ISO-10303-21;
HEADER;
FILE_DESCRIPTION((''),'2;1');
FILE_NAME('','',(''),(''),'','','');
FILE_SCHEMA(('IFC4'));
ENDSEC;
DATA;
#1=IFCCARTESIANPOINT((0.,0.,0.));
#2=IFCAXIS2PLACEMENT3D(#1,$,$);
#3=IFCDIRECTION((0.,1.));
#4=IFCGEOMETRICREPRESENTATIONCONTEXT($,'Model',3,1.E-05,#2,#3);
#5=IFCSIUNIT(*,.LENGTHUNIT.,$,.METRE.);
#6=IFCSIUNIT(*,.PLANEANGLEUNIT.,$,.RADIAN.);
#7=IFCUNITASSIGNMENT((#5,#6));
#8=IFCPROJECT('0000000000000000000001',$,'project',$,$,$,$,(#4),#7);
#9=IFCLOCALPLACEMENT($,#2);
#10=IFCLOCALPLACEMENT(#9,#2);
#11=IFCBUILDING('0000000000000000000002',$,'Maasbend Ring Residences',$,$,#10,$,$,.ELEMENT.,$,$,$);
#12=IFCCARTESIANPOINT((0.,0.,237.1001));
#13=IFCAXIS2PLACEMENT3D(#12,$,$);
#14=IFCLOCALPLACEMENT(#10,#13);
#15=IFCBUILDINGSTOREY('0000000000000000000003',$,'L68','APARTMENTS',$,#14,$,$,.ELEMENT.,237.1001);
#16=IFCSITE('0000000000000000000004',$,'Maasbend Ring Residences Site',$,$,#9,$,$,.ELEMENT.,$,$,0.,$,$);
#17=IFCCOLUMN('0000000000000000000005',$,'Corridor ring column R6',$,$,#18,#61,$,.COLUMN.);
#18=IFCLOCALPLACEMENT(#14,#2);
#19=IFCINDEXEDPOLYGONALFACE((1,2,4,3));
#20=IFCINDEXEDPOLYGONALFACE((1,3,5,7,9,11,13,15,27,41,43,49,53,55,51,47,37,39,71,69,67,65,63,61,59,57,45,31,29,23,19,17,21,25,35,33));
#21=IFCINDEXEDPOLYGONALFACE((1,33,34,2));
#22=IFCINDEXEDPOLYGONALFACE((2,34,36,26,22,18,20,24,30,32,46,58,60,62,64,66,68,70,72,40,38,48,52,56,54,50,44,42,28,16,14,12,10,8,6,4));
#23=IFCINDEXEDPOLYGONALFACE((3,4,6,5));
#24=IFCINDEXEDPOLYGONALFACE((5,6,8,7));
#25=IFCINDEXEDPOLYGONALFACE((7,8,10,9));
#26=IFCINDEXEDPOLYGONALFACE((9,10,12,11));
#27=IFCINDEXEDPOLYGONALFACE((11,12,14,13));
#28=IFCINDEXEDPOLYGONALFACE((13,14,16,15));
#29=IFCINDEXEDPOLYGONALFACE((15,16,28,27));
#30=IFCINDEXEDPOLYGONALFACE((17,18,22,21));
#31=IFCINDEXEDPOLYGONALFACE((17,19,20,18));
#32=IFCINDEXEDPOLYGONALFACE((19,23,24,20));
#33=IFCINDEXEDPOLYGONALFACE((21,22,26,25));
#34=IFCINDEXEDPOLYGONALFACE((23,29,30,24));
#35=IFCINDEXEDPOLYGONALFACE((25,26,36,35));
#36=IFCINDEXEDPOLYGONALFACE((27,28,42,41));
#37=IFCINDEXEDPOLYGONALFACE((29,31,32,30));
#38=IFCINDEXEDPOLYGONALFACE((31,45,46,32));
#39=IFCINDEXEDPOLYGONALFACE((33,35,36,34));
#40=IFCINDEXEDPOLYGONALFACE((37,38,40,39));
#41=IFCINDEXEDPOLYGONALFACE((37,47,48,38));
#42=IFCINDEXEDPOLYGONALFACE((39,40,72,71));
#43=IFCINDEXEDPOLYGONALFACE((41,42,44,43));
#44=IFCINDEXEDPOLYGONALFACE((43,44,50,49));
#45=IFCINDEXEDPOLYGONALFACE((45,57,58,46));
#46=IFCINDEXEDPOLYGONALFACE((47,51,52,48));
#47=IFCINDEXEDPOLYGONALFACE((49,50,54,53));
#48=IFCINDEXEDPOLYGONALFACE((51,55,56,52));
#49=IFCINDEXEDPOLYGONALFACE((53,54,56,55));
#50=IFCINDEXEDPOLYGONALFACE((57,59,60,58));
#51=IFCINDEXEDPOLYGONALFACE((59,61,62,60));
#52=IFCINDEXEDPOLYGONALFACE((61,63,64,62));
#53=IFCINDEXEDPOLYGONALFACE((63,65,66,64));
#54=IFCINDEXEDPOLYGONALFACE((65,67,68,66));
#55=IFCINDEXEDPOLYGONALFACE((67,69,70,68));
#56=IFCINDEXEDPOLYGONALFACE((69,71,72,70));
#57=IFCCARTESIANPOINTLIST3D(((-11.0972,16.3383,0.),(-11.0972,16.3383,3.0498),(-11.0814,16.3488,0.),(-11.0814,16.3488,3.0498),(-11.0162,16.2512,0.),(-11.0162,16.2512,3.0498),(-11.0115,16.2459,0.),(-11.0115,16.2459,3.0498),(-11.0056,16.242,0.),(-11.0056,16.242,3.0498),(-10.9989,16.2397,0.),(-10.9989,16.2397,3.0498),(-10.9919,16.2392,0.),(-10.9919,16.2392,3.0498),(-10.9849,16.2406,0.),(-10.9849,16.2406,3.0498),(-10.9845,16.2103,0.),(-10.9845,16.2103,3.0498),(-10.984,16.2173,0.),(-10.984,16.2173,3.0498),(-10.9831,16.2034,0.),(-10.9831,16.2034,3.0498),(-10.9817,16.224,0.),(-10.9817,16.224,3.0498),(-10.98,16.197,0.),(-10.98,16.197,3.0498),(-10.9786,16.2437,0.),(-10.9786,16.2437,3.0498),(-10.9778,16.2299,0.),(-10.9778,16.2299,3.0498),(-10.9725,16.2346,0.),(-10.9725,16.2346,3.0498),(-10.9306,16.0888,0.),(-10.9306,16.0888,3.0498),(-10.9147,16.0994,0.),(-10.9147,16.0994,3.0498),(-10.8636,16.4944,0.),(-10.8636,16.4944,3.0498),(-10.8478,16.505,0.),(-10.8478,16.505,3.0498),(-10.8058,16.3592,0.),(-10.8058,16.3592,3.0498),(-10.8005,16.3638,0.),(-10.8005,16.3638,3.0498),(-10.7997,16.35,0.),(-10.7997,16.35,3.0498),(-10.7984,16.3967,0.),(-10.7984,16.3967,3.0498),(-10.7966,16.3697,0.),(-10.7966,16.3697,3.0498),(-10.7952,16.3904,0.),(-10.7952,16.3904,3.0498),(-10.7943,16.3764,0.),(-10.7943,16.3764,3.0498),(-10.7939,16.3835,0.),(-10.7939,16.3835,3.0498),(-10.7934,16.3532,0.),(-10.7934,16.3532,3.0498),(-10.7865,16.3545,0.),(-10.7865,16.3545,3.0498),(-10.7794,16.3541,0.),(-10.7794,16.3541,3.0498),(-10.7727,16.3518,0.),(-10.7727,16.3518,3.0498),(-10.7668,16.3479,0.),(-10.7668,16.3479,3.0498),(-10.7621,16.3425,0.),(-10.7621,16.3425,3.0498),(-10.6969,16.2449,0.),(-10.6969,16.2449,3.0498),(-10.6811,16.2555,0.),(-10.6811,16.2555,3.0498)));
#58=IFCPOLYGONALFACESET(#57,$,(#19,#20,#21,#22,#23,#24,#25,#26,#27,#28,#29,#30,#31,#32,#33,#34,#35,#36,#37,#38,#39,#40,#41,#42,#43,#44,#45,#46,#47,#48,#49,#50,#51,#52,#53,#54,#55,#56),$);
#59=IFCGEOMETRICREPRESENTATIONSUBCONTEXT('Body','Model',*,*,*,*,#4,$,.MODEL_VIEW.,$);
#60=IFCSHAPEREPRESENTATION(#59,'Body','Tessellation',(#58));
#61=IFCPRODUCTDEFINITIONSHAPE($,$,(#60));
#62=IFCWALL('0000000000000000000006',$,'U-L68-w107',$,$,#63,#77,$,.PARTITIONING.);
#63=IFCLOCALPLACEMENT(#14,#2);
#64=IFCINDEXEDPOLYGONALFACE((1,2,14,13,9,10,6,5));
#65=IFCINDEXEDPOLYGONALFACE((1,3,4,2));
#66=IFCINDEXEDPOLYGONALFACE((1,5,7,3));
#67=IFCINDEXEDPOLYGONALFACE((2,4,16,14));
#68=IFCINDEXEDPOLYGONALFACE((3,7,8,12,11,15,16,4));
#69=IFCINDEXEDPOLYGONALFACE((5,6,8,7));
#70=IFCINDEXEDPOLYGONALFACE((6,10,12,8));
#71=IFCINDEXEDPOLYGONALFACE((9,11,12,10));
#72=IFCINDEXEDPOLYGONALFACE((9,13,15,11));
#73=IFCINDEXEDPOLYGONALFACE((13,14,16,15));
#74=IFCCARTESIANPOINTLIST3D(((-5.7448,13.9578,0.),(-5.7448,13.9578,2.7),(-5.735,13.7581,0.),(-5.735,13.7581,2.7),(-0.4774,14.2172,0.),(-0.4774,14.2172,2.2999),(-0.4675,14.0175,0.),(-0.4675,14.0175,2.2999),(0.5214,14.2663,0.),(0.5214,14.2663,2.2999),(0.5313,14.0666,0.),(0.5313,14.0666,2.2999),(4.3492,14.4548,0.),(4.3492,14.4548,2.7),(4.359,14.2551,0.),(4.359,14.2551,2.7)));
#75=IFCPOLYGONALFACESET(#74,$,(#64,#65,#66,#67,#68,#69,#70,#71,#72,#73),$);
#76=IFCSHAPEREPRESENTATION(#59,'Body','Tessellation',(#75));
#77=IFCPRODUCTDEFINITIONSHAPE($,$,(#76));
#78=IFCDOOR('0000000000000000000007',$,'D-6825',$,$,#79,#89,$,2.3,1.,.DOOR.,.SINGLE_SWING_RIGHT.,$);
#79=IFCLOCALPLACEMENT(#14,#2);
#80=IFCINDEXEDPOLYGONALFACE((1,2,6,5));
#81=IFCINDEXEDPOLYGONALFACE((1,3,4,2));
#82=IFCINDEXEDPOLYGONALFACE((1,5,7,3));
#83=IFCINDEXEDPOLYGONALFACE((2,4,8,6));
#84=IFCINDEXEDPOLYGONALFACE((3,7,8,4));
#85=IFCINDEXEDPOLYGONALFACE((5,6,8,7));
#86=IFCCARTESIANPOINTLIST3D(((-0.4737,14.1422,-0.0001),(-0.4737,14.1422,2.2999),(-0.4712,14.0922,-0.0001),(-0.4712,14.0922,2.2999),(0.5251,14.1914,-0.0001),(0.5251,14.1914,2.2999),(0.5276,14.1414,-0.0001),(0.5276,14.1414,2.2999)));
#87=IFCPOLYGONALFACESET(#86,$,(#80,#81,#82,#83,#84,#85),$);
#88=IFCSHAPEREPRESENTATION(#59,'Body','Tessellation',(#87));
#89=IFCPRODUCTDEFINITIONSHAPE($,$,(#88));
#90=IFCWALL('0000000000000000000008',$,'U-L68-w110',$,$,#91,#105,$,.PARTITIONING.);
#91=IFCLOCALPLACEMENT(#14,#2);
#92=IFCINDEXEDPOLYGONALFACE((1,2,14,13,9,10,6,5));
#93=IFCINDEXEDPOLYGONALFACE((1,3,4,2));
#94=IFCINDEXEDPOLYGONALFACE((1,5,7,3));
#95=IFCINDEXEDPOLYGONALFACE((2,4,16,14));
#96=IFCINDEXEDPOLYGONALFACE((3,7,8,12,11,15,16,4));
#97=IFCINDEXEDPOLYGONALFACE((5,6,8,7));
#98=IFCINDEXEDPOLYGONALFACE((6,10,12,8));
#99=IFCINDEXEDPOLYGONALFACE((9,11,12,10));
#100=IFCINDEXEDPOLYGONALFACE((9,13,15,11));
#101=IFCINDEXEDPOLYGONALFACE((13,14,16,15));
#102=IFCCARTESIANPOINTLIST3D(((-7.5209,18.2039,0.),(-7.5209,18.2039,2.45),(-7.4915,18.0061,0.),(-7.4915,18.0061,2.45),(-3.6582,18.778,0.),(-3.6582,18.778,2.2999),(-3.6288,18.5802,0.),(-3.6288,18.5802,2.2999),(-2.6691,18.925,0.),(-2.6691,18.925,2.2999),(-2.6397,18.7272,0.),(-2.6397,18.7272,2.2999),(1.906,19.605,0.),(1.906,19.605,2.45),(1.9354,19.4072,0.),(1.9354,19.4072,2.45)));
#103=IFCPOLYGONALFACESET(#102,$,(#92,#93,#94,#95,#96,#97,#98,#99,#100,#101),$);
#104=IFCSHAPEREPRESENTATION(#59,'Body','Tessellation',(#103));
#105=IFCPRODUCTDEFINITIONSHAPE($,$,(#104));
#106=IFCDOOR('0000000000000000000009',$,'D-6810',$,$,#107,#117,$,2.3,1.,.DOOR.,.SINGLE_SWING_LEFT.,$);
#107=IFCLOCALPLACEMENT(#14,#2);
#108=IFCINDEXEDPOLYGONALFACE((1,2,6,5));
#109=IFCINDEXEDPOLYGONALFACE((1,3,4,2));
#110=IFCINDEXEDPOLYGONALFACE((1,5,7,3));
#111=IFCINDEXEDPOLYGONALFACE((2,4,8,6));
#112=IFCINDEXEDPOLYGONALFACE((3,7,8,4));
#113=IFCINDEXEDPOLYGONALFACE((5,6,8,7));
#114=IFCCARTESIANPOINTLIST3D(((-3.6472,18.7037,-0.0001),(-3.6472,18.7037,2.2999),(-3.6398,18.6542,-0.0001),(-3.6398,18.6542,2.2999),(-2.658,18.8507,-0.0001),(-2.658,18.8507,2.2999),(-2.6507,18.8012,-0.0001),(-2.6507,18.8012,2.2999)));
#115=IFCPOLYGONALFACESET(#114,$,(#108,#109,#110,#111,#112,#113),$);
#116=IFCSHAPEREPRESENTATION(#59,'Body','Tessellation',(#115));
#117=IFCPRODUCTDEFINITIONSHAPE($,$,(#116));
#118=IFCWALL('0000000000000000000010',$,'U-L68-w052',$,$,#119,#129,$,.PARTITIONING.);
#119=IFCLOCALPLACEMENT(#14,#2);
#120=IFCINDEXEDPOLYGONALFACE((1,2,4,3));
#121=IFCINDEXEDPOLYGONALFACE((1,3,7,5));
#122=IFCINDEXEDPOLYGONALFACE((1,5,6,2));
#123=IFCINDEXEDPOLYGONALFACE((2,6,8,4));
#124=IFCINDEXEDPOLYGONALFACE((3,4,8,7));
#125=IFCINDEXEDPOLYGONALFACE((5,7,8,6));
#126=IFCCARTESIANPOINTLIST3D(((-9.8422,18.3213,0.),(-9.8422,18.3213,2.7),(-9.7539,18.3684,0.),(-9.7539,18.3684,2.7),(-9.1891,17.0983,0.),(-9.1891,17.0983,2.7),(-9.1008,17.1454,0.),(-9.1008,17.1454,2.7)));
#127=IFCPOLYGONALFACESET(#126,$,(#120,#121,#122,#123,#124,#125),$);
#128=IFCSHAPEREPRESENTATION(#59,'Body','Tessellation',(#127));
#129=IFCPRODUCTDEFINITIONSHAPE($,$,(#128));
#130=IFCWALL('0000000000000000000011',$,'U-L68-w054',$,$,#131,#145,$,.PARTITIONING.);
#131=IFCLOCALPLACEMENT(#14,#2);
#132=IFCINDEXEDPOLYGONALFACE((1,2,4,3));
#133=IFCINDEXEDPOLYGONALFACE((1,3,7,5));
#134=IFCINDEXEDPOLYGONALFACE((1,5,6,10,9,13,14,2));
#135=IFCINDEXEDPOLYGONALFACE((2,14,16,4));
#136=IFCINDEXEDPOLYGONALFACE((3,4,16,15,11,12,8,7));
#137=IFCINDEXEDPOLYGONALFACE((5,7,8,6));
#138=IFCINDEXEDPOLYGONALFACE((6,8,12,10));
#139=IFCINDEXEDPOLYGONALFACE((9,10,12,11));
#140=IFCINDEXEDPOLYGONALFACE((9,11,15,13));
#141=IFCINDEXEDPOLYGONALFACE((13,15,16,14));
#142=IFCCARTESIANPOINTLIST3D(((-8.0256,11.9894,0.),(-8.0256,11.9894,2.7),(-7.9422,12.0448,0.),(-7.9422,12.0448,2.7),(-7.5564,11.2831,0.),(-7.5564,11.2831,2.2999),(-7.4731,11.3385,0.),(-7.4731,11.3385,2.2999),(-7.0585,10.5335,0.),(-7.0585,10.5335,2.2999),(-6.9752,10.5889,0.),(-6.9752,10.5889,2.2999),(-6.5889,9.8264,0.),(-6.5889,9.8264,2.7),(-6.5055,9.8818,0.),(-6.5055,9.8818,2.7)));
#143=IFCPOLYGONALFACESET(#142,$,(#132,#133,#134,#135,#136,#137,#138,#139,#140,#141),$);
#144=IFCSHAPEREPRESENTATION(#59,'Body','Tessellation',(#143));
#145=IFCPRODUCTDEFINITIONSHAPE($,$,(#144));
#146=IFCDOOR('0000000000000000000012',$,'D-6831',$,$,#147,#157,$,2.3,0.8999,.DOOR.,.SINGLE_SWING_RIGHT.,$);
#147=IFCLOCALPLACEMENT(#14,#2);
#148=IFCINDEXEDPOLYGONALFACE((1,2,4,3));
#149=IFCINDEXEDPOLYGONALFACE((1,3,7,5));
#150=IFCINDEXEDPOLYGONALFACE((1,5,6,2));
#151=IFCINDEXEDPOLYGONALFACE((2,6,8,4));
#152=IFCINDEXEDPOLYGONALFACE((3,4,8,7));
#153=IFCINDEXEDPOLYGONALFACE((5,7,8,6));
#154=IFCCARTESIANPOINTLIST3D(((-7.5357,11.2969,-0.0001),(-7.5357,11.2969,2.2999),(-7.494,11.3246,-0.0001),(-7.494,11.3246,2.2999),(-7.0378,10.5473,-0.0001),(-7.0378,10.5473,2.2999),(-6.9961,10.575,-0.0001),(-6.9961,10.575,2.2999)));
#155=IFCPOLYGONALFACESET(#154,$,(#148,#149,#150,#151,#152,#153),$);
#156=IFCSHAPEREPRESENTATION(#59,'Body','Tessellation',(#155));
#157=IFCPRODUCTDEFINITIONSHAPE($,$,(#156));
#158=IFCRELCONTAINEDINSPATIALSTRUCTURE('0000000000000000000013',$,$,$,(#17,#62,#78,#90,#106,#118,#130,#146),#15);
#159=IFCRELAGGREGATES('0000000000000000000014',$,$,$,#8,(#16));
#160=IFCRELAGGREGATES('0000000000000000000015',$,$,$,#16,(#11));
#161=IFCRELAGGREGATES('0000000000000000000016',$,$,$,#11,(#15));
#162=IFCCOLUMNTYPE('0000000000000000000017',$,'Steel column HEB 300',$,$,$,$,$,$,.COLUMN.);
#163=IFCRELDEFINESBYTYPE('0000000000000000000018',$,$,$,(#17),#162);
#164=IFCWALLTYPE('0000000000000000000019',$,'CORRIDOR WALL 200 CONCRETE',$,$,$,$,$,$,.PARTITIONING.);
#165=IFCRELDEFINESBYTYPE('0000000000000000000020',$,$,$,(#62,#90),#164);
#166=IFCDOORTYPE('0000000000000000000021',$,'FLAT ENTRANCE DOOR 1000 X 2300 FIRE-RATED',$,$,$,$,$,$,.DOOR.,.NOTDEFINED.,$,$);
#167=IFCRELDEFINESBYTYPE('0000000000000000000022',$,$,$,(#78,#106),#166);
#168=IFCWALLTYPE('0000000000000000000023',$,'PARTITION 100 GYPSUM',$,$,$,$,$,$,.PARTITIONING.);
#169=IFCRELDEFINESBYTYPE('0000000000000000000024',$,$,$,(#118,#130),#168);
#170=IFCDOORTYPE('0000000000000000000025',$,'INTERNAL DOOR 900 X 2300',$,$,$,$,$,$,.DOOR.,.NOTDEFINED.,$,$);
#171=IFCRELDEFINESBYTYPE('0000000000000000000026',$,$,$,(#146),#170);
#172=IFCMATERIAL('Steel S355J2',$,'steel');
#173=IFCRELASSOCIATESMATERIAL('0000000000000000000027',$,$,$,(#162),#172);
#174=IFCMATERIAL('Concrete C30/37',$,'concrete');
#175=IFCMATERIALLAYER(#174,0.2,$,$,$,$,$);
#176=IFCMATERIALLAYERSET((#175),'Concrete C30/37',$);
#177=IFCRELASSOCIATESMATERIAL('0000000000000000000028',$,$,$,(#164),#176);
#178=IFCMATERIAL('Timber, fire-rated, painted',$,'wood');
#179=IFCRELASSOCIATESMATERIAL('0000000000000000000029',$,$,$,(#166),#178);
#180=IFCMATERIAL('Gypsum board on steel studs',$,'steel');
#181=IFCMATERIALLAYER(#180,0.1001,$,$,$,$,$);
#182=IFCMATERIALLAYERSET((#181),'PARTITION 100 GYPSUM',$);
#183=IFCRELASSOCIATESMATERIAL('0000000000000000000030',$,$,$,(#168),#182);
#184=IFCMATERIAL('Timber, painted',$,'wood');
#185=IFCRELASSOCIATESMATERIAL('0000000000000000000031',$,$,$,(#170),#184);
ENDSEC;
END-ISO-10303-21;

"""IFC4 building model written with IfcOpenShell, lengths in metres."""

from ifc_helpers import new_model, si_unit, direction, frame, frame_2d, origin, origin_2d, place, context, subcontext, project, spatial, rectangle, i_section, extrude, material, layer, layer_set, material_profile, profile_set, type_object, element, fill, save


model = new_model("IFC4")

# Units and contexts
model_context = context("Model", 3, precision=1e-05, world=origin(), true_north=direction((0.0, 1.0)))
body_context = subcontext(model_context, "Body", "Model", "MODEL_VIEW")
ifc_project = project(units=[si_unit("LENGTHUNIT", "METRE"), si_unit("PLANEANGLEUNIT", "RADIAN")], contexts=[model_context])

# Site, building, storey
site_placement = place(None, origin())
site = spatial("IfcSite", under=ifc_project, at=site_placement, Name="Maasbend Ring Residences Site", CompositionType="ELEMENT", RefElevation=0.0)
building_placement = place(site_placement, origin())
building = spatial("IfcBuilding", under=site, at=building_placement, Name="Maasbend Ring Residences", CompositionType="ELEMENT")
storey_placement = place(building_placement, frame((0.0, 0.0, 237.1001)))
storey = spatial("IfcBuildingStorey", under=building, at=storey_placement, Name="L68", Description="APARTMENTS", CompositionType="ELEMENT", Elevation=237.1001)

# Column
ifc_material_1 = material(Name="Steel S355J2", Category="steel")
ifc_material_profile = material_profile(ifc_material_1, i_section(OverallWidth=0.3, OverallDepth=0.3, WebThickness=0.011, FlangeThickness=0.019, FilletRadius=0.0271, at=origin_2d()), Name="HEB 300")
ifc_profile_set = profile_set([ifc_material_profile], Name="Steel S355J2")
column_type = type_object("IfcColumnType", Name="Steel column HEB 300", PredefinedType="COLUMN", material=ifc_profile_set)
column_placement = place(storey_placement, frame((-10.8892, 16.2969, 0.0), z_axis=(0.0, 0.0, 1.0), x_axis=(-0.55557, 0.83147, 0.0)))
element("IfcColumn", 1, at=column_placement, inside=storey, type_object=column_type, Name="Corridor ring column R6", PredefinedType="COLUMN", context=body_context, shape_type="SweptSolid", body=[
    extrude(i_section(OverallWidth=0.3, OverallDepth=0.3, WebThickness=0.011, FlangeThickness=0.019, FilletRadius=0.0271, at=origin_2d()), origin(), (0.0, 0.0, 1.0), 3.0498),
])

# Walls, openings, doors
ifc_material_2 = material(Name="Concrete C30/37", Category="concrete")
ifc_layer_1 = layer(ifc_material_2, 0.2)
ifc_layer_set_1 = layer_set([ifc_layer_1], Name="Concrete C30/37")
wall_type_1 = type_object("IfcWallType", Name="CORRIDOR WALL 200 CONCRETE", PredefinedType="PARTITIONING", material=ifc_layer_set_1)
wall_1_placement = place(storey_placement, frame((-5.74, 13.8579, 0.0), z_axis=(0.0, 0.0, 1.0), x_axis=(0.99879, 0.049185, 0.0)))
wall_1 = element("IfcWall", 2, at=wall_1_placement, inside=storey, type_object=wall_type_1, Name="U-L68-w107", PredefinedType="PARTITIONING", context=body_context, shape_type="SweptSolid", body=[
    extrude(rectangle(XDim=10.1062, YDim=0.2, at=frame_2d((5.0532, 0.0))), origin(), (0.0, 0.0, 1.0), 2.7),
])
opening_1_placement = place(wall_1_placement, frame((5.2739, 0.0, 0.0)))
opening_1 = element("IfcOpeningElement", 3, at=opening_1_placement, cuts=wall_1, PredefinedType="OPENING", context=body_context, shape_type="SweptSolid", body=[
    extrude(rectangle(XDim=1.0, YDim=2.3, at=frame_2d((0.5, 1.1499))), frame((0.0, 0.1099, 0.0), z_axis=(0.0, -1.0, 0.0), x_axis=(1.0, 0.0, 0.0)), (0.0, 0.0, 1.0), 0.22),
])
ifc_material_3 = material(Name="Timber, fire-rated, painted", Category="wood")
door_type_1 = type_object("IfcDoorType", Name="FLAT ENTRANCE DOOR 1000 X 2300 FIRE-RATED", OperationType="NOTDEFINED", PredefinedType="DOOR", material=ifc_material_3)
door_1_placement = place(opening_1_placement, origin())
door_1 = element("IfcDoor", 4, at=door_1_placement, inside=storey, type_object=door_type_1, Name="D-6825", OperationType="SINGLE_SWING_RIGHT", OverallHeight=2.3, OverallWidth=1.0, PredefinedType="DOOR", context=body_context, shape_type="SweptSolid", body=[
    extrude(rectangle(XDim=1.0, YDim=2.3, at=frame_2d((0.5, 1.1499))), frame((0.0, 0.0249, 0.0), z_axis=(0.0, -1.0, 0.0), x_axis=(1.0, 0.0, 0.0)), (0.0, 0.0, 1.0), 0.05),
])
fill(opening_1, door_1)
wall_2_placement = place(storey_placement, frame((-7.5061, 18.105, 0.0), z_axis=(0.0, 0.0, 1.0), x_axis=(0.989134, 0.147014, 0.0)))
wall_2 = element("IfcWall", 5, at=wall_2_placement, inside=storey, type_object=wall_type_1, Name="U-L68-w110", PredefinedType="PARTITIONING", context=body_context, shape_type="SweptSolid", body=[
    extrude(rectangle(XDim=9.5305, YDim=0.2, at=frame_2d((4.7651, 0.0))), origin(), (0.0, 0.0, 1.0), 2.45),
])
opening_2_placement = place(wall_2_placement, frame((3.905, 0.0, 0.0)))
opening_2 = element("IfcOpeningElement", 6, at=opening_2_placement, cuts=wall_2, PredefinedType="OPENING", context=body_context, shape_type="SweptSolid", body=[
    extrude(rectangle(XDim=1.0, YDim=2.3, at=frame_2d((0.5, 1.1499))), frame((0.0, 0.1099, 0.0), z_axis=(0.0, -1.0, 0.0), x_axis=(1.0, 0.0, 0.0)), (0.0, 0.0, 1.0), 0.22),
])
door_2_placement = place(opening_2_placement, origin())
door_2 = element("IfcDoor", 7, at=door_2_placement, inside=storey, type_object=door_type_1, Name="D-6810", OperationType="SINGLE_SWING_LEFT", OverallHeight=2.3, OverallWidth=1.0, PredefinedType="DOOR", context=body_context, shape_type="SweptSolid", body=[
    extrude(rectangle(XDim=1.0, YDim=2.3, at=frame_2d((0.5, 1.1499))), frame((0.0, 0.0249, 0.0), z_axis=(0.0, -1.0, 0.0), x_axis=(1.0, 0.0, 0.0)), (0.0, 0.0, 1.0), 0.05),
])
fill(opening_2, door_2)

# Wall
ifc_material_4 = material(Name="Gypsum board on steel studs", Category="steel")
ifc_layer_2 = layer(ifc_material_4, 0.1001)
ifc_layer_set_2 = layer_set([ifc_layer_2], Name="PARTITION 100 GYPSUM")
wall_type_2 = type_object("IfcWallType", Name="PARTITION 100 GYPSUM", PredefinedType="PARTITIONING", material=ifc_layer_set_2)
wall_3_placement = place(storey_placement, frame((-9.7981, 18.345, 0.0), z_axis=(0.0, 0.0, 1.0), x_axis=(0.471073, -0.882094, 0.0)))
element("IfcWall", 8, at=wall_3_placement, inside=storey, type_object=wall_type_2, Name="U-L68-w052", PredefinedType="PARTITIONING", context=body_context, shape_type="SweptSolid", body=[
    extrude(rectangle(XDim=1.3865, YDim=0.1001, at=frame_2d((0.6934, 0.0))), origin(), (0.0, 0.0, 1.0), 2.7),
])

# Wall, opening, door
wall_4_placement = place(storey_placement, frame((-7.9839, 12.0171, 0.0), z_axis=(0.0, 0.0, 1.0), x_axis=(0.553289, -0.832989, 0.0)))
wall_4 = element("IfcWall", 9, at=wall_4_placement, inside=storey, type_object=wall_type_2, Name="U-L68-w054", PredefinedType="PARTITIONING", context=body_context, shape_type="SweptSolid", body=[
    extrude(rectangle(XDim=2.5967, YDim=0.1001, at=frame_2d((1.2983, 0.0))), origin(), (0.0, 0.0, 1.0), 2.7),
])
opening_3_placement = place(wall_4_placement, frame((0.8479, 0.0, 0.0)))
opening_3 = element("IfcOpeningElement", 10, at=opening_3_placement, cuts=wall_4, PredefinedType="OPENING", context=body_context, shape_type="SweptSolid", body=[
    extrude(rectangle(XDim=0.8999, YDim=2.3, at=frame_2d((0.45, 1.1499))), frame((0.0, 0.0601, 0.0), z_axis=(0.0, -1.0, 0.0), x_axis=(1.0, 0.0, 0.0)), (0.0, 0.0, 1.0), 0.1201),
])
ifc_material_5 = material(Name="Timber, painted", Category="wood")
door_type_2 = type_object("IfcDoorType", Name="INTERNAL DOOR 900 X 2300", OperationType="NOTDEFINED", PredefinedType="DOOR", material=ifc_material_5)
door_3_placement = place(opening_3_placement, origin())
door_3 = element("IfcDoor", 11, at=door_3_placement, inside=storey, type_object=door_type_2, Name="D-6831", OperationType="SINGLE_SWING_RIGHT", OverallHeight=2.3, OverallWidth=0.8999, PredefinedType="DOOR", context=body_context, shape_type="SweptSolid", body=[
    extrude(rectangle(XDim=0.8999, YDim=2.3, at=frame_2d((0.45, 1.1499))), frame((0.0, 0.0249, 0.0), z_axis=(0.0, -1.0, 0.0), x_axis=(1.0, 0.0, 0.0)), (0.0, 0.0, 1.0), 0.05),
])
fill(opening_3, door_3)

save(model, "model.ifc")
